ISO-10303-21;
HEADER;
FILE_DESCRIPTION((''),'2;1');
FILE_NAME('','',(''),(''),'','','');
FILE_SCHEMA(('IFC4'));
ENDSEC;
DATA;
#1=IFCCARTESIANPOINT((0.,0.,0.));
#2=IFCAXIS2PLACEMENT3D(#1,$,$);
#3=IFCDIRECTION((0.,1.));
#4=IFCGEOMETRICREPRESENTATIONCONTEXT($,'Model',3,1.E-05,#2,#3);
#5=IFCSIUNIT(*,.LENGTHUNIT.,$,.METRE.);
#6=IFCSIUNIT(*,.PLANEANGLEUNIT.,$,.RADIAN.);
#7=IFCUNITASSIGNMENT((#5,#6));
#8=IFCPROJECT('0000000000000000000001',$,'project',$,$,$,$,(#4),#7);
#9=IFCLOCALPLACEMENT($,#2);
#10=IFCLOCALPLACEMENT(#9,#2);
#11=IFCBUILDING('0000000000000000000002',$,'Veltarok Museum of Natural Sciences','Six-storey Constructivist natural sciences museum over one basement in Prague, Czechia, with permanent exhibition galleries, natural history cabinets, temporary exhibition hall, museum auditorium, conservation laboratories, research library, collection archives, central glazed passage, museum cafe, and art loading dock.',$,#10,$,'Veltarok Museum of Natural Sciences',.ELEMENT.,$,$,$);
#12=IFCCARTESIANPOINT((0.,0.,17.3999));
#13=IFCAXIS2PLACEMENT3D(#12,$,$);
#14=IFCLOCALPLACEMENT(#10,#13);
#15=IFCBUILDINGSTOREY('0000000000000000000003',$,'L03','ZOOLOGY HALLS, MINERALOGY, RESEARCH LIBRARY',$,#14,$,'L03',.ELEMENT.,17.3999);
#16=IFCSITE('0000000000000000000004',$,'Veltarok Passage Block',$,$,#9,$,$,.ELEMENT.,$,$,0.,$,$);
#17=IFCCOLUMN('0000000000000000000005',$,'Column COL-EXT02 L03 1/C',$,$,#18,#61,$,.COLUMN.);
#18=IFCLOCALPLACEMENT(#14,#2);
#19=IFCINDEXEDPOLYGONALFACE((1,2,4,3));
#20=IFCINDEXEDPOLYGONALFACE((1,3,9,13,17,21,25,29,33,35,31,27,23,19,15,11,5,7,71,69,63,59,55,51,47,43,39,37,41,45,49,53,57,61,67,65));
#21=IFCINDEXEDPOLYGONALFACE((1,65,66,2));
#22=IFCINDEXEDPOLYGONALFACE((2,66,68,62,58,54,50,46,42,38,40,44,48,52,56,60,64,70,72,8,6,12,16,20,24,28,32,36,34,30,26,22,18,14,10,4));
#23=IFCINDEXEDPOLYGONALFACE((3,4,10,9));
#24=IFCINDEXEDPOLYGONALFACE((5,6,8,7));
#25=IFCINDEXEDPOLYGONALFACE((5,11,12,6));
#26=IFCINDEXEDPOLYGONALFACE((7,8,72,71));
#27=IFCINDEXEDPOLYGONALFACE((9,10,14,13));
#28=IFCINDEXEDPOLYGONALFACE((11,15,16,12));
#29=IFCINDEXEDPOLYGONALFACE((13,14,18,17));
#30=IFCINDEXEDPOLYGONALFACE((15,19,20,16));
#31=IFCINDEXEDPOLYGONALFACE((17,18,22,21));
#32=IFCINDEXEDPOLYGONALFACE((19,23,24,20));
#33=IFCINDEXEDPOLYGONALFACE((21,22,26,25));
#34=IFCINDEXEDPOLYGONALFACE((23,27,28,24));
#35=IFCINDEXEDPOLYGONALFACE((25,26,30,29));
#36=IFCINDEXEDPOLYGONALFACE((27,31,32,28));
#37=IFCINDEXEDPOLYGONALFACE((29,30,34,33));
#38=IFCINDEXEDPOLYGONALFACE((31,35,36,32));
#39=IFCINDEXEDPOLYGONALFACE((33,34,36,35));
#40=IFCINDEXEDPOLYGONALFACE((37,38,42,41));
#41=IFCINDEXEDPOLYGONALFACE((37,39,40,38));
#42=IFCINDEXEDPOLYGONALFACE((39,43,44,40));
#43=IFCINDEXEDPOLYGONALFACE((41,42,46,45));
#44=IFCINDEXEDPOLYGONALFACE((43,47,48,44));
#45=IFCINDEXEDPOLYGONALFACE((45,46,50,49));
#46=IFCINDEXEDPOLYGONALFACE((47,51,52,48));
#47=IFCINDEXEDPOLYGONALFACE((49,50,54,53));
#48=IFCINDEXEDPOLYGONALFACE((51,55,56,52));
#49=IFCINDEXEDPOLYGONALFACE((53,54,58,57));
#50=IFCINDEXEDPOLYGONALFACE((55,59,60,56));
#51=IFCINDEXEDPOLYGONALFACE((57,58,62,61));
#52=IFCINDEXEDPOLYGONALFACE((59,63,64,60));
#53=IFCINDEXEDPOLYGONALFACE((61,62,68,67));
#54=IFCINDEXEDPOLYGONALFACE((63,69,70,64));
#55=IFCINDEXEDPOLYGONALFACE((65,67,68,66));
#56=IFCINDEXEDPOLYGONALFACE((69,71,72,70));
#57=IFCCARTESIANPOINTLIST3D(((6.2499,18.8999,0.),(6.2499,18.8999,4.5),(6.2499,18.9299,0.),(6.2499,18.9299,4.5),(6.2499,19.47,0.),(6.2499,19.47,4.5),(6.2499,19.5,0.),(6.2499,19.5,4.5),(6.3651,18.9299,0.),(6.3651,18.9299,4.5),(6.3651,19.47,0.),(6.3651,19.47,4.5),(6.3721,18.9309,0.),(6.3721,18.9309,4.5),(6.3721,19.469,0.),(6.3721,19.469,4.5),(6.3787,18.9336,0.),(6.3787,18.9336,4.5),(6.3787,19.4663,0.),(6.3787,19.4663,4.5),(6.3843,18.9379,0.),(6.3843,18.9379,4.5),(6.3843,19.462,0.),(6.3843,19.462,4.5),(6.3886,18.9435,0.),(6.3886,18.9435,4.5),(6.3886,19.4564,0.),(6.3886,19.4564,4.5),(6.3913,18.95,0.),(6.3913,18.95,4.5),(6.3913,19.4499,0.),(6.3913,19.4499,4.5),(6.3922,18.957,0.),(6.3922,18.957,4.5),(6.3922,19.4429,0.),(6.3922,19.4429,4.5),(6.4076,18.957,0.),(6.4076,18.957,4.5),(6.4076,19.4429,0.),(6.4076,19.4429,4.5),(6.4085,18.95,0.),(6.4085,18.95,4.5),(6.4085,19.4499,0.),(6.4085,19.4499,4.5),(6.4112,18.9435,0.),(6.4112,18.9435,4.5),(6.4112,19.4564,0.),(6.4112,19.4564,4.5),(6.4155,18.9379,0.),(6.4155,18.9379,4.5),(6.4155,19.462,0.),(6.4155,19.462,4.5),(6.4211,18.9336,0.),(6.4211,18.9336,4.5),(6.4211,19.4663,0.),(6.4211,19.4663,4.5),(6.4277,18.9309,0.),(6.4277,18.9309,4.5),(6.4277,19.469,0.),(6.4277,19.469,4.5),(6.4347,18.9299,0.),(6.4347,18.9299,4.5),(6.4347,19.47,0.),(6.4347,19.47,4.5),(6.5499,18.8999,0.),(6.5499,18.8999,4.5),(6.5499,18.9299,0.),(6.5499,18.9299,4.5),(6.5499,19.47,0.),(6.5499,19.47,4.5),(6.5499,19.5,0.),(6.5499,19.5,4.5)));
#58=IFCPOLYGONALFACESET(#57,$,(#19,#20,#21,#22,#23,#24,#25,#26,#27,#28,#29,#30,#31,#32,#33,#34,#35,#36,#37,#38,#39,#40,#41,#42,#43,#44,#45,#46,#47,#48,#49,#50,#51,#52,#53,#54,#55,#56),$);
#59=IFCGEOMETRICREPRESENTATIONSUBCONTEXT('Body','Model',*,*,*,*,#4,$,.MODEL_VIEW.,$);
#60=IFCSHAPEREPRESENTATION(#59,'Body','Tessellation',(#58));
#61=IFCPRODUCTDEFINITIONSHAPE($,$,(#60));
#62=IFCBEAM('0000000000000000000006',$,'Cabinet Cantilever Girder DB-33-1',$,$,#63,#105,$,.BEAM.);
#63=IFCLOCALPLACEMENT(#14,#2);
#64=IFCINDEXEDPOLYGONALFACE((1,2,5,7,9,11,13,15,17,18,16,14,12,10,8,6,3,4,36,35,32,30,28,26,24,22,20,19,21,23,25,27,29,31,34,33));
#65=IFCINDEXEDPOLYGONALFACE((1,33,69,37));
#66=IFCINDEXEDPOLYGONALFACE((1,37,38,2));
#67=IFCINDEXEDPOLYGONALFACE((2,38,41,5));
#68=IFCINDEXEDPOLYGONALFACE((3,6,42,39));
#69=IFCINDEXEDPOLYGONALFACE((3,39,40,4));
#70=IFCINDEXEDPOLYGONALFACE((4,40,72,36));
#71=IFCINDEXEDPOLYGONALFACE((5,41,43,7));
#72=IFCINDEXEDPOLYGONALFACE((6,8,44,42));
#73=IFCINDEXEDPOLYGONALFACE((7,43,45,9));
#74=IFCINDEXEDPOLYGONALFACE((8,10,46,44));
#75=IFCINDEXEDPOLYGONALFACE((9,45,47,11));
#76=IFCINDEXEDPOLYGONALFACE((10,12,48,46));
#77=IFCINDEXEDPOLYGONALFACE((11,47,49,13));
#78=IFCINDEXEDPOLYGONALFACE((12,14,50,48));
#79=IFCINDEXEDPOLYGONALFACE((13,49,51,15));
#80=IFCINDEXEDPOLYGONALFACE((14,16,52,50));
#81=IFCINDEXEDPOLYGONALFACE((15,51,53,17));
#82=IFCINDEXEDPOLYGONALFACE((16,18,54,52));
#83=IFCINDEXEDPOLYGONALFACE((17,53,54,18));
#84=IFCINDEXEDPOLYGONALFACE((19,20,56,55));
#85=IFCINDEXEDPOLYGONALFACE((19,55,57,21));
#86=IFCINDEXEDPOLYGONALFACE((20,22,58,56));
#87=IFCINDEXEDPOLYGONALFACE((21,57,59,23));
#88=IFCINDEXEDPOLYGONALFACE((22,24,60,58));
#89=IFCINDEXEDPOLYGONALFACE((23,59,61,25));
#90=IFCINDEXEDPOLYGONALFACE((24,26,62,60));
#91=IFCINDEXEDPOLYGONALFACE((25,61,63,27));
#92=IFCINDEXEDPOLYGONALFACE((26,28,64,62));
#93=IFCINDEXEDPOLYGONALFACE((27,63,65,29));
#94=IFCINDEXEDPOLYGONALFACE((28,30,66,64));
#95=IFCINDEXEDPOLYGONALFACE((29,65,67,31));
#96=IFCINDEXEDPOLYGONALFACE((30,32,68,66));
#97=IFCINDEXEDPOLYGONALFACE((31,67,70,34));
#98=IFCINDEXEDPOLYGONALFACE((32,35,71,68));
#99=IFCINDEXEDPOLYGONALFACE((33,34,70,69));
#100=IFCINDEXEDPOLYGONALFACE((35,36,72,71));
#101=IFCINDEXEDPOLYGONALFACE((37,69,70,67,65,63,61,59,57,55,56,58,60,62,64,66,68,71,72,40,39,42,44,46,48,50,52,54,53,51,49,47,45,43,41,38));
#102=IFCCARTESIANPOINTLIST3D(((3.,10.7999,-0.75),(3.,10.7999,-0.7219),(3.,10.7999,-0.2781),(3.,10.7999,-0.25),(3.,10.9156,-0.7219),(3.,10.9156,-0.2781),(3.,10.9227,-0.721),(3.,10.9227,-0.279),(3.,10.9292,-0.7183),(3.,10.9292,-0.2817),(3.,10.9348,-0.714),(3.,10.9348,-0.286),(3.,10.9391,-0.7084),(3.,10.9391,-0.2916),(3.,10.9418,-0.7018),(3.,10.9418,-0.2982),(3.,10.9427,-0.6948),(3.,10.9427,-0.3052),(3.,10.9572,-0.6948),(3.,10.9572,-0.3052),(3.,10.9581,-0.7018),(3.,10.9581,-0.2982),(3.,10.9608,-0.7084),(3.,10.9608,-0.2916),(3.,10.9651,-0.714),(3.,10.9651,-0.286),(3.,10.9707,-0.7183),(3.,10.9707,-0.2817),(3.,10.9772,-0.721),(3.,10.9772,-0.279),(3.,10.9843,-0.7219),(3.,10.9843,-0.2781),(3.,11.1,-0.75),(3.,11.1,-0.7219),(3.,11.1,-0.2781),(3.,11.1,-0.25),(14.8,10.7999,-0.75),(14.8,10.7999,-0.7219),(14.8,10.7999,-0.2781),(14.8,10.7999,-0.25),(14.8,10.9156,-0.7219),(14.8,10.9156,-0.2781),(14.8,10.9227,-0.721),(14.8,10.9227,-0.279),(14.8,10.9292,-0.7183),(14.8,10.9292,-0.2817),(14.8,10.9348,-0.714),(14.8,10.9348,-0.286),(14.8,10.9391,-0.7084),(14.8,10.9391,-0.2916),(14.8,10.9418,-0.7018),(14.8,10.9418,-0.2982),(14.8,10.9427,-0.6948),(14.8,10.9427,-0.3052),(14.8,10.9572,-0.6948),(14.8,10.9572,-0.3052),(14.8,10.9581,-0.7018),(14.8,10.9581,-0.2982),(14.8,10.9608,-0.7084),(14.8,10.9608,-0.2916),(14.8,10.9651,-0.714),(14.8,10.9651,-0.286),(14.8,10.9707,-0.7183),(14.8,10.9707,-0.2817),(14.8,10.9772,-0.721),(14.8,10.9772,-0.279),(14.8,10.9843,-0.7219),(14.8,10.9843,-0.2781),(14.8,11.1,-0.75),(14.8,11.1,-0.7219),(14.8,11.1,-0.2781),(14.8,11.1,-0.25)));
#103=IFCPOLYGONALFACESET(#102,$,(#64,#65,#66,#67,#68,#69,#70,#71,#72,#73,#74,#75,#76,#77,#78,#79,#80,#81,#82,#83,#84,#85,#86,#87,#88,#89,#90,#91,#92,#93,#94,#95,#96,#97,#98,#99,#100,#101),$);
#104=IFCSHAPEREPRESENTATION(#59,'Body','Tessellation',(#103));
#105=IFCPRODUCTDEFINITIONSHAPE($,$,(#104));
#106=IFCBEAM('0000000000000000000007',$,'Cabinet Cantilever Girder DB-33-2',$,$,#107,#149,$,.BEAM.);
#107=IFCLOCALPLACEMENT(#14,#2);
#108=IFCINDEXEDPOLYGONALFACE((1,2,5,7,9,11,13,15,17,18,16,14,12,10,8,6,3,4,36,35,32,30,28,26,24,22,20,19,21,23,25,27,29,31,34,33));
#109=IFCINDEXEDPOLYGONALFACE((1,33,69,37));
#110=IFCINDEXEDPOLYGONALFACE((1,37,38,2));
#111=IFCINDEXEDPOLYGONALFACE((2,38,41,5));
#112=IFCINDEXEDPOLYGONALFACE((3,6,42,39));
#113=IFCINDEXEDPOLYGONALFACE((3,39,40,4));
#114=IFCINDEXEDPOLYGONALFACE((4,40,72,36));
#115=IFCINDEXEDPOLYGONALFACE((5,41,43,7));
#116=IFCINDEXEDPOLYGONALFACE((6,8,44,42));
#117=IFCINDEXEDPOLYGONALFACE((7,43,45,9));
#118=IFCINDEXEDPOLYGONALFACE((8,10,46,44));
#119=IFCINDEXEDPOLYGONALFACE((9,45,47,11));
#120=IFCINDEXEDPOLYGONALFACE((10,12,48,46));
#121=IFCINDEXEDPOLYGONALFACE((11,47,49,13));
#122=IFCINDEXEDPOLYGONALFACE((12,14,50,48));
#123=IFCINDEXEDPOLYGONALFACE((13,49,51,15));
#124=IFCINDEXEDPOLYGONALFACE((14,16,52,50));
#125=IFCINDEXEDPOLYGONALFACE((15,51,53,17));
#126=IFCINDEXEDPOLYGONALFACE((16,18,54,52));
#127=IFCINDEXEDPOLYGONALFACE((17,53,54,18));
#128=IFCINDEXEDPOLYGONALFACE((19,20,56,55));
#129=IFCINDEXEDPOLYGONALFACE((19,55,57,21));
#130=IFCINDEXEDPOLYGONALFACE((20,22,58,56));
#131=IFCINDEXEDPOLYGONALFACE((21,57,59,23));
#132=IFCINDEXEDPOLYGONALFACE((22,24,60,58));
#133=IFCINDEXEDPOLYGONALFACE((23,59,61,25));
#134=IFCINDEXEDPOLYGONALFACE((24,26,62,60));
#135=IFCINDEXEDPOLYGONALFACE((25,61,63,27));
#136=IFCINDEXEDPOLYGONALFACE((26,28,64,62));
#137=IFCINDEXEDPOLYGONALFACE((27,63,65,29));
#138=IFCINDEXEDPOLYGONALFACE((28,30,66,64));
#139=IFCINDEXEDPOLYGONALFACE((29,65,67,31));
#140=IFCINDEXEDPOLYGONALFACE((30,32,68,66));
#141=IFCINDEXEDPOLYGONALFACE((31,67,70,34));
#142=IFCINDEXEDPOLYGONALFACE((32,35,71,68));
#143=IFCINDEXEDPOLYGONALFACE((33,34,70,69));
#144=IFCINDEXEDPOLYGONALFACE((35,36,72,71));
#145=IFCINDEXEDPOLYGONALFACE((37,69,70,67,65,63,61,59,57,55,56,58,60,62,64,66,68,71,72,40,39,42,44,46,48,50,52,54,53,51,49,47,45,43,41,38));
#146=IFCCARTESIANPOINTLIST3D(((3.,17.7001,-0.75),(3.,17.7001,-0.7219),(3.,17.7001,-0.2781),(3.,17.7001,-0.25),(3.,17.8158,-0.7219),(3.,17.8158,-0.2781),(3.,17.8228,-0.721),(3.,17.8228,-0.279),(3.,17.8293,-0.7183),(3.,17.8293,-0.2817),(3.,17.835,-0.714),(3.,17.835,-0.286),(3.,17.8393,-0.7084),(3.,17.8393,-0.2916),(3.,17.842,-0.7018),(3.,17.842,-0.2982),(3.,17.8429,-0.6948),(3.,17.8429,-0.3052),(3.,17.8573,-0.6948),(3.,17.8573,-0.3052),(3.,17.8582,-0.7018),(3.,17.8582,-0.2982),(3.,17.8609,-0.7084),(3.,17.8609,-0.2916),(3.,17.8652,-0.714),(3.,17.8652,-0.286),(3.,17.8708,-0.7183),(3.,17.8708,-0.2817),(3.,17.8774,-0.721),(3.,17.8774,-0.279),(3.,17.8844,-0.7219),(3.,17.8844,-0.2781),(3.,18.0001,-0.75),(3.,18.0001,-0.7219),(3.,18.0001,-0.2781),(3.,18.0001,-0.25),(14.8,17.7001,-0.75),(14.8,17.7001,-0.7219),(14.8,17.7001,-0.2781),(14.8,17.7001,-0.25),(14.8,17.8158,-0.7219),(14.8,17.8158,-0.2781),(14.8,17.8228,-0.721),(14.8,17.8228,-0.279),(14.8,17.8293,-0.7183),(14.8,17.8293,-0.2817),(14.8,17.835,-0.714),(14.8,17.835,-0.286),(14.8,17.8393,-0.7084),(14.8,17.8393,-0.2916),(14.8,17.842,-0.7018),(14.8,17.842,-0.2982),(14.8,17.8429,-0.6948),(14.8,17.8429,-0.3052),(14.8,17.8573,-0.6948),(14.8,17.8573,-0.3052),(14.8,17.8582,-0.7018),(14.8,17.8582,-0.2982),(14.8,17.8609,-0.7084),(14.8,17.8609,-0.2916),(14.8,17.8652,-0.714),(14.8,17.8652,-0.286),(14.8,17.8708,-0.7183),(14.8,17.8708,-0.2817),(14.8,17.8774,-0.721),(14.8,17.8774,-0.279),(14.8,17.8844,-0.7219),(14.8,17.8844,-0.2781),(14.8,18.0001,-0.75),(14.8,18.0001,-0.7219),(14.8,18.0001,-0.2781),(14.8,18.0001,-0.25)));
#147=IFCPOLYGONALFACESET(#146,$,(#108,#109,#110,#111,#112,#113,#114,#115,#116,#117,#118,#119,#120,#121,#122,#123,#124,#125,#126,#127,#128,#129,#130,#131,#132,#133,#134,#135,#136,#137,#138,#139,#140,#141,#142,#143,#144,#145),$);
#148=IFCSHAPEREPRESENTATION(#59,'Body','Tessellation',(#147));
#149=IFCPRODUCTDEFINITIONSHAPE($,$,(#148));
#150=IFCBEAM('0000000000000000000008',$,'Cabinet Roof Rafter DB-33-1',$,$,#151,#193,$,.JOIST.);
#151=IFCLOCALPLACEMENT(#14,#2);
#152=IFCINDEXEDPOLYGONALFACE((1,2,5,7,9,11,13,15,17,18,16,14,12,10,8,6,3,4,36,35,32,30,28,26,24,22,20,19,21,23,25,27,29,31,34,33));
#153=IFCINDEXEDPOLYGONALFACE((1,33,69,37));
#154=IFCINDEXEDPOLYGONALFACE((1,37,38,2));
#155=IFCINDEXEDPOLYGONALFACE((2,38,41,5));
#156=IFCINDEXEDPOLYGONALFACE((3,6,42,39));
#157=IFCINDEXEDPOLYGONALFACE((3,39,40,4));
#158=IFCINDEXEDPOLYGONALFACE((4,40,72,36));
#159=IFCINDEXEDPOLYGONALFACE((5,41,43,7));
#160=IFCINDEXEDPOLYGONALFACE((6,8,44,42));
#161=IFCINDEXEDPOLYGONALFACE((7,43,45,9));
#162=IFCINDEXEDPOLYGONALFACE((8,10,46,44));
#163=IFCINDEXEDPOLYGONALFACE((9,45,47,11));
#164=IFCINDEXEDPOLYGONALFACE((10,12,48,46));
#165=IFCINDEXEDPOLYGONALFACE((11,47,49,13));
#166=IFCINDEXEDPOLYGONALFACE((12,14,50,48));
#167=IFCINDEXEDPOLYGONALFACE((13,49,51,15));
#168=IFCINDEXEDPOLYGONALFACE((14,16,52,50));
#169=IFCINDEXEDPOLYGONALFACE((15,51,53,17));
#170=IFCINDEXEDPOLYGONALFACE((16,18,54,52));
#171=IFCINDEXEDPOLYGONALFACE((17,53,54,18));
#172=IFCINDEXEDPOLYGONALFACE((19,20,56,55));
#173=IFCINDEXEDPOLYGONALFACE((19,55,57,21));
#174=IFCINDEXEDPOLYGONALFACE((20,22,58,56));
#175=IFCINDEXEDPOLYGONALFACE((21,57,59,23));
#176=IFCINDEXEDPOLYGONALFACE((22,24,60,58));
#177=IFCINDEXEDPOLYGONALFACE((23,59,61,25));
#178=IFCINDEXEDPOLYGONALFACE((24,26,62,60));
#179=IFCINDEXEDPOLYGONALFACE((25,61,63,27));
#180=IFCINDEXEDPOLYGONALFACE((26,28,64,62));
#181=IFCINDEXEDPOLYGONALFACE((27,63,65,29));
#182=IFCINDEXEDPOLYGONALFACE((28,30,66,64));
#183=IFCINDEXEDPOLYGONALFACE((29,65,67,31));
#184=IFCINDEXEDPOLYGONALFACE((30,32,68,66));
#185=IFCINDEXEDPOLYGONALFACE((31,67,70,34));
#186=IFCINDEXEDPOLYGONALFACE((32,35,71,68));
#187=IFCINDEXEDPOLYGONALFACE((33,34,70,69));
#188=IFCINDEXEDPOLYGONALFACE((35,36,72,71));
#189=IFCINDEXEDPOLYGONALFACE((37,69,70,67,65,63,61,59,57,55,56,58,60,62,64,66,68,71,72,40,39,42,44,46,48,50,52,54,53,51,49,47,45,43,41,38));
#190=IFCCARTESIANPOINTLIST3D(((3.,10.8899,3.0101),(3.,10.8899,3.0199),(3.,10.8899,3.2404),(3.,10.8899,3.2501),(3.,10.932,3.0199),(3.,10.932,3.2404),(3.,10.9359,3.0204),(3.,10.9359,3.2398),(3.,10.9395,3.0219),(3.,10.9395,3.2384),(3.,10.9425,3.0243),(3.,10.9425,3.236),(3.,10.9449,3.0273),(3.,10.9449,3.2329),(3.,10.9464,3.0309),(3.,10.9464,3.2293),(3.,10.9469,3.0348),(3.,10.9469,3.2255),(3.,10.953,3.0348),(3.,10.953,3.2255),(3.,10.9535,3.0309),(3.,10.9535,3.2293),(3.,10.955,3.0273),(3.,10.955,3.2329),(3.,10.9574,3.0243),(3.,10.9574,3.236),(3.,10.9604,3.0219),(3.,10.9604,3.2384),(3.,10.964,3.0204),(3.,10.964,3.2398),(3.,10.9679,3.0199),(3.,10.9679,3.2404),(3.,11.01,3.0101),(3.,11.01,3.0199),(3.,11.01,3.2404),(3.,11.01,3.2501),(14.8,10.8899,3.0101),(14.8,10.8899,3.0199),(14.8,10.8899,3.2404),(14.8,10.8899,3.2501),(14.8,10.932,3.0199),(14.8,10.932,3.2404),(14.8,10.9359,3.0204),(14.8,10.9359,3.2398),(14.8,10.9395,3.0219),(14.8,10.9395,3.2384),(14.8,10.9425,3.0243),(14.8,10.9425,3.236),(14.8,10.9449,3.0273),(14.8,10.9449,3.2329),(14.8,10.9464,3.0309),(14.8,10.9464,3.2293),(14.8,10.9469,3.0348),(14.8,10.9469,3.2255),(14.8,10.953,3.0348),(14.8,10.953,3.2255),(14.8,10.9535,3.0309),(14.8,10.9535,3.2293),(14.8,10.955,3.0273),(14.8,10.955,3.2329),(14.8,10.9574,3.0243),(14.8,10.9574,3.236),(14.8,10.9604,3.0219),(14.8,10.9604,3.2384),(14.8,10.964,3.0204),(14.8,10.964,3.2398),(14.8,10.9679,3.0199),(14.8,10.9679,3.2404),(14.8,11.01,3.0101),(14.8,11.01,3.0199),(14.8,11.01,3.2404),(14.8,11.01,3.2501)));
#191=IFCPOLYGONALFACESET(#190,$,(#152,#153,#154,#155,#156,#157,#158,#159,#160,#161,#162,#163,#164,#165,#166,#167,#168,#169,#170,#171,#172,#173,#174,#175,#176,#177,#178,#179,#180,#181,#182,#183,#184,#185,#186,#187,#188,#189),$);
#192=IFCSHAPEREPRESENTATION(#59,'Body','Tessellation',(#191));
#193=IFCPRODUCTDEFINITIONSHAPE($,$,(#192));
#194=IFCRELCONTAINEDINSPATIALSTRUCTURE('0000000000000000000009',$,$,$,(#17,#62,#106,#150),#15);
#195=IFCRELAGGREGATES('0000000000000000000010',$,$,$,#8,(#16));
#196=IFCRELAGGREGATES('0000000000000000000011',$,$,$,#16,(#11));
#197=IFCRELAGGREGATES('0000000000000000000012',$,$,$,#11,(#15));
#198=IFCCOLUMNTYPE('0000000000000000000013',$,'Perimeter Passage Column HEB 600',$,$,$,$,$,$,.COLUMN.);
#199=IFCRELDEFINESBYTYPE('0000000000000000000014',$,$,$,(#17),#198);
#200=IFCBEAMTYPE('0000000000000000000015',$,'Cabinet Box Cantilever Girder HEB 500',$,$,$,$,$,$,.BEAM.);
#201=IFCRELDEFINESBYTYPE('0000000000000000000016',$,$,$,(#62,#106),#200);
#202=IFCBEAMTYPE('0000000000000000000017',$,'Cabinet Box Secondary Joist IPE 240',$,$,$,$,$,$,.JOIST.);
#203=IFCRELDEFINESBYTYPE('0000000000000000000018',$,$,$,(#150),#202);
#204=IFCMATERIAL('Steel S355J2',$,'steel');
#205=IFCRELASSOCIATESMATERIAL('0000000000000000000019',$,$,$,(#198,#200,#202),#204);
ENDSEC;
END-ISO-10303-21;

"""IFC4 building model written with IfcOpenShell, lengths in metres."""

from ifc_helpers import new_model, si_unit, direction, frame, origin, origin_2d, place, context, subcontext, project, spatial, i_section, extrude, material, material_profile, profile_set, type_object, element, save


model = new_model("IFC4")

# Units and contexts
model_context = context("Model", 3, precision=1e-05, world=origin(), true_north=direction((0.0, 1.0)))
body_context = subcontext(model_context, "Body", "Model", "MODEL_VIEW")
ifc_project = project(units=[si_unit("LENGTHUNIT", "METRE"), si_unit("PLANEANGLEUNIT", "RADIAN")], contexts=[model_context])

# Site, building, storey
site_placement = place(None, origin())
site = spatial("IfcSite", under=ifc_project, at=site_placement, Name="Veltarok Passage Block", CompositionType="ELEMENT", RefElevation=0.0)
building_placement = place(site_placement, origin())
building = spatial("IfcBuilding", under=site, at=building_placement, Name="Veltarok Museum of Natural Sciences", Description="Six-storey Constructivist natural sciences museum over one basement in Prague, Czechia, with permanent exhibition galleries, natural history cabinets, temporary exhibition hall, museum auditorium, conservation laboratories, research library, collection archives, central glazed passage, museum cafe, and art loading dock.", LongName="Veltarok Museum of Natural Sciences", CompositionType="ELEMENT")
storey_placement = place(building_placement, frame((0.0, 0.0, 17.3999)))
storey = spatial("IfcBuildingStorey", under=building, at=storey_placement, Name="L03", Description="ZOOLOGY HALLS, MINERALOGY, RESEARCH LIBRARY", LongName="L03", CompositionType="ELEMENT", Elevation=17.3999)

# Column
ifc_material_1 = material(Name="Steel S355J2", Category="steel")
ifc_material_profile_1 = material_profile(ifc_material_1, i_section(OverallWidth=0.3, OverallDepth=0.6001, WebThickness=0.0154, FlangeThickness=0.03, FilletRadius=0.0271, at=origin_2d()), Name="HEB 600")
ifc_profile_set_1 = profile_set([ifc_material_profile_1], Name="Steel S355J2")
column_type = type_object("IfcColumnType", Name="Perimeter Passage Column HEB 600", PredefinedType="COLUMN", material=ifc_profile_set_1)
column_placement = place(storey_placement, frame((6.3999, 19.2, 0.0), z_axis=(0.0, 0.0, 1.0), x_axis=(1.0, 0.0, 0.0)))
element("IfcColumn", 1, at=column_placement, inside=storey, type_object=column_type, Name="Column COL-EXT02 L03 1/C", PredefinedType="COLUMN", context=body_context, shape_type="SweptSolid", body=[
    extrude(i_section(OverallWidth=0.3, OverallDepth=0.6001, WebThickness=0.0154, FlangeThickness=0.03, FilletRadius=0.0271, at=origin_2d()), origin(), (0.0, 0.0, 1.0), 4.5),
])

# Beams
ifc_material_profile_2 = material_profile(ifc_material_1, i_section(OverallWidth=0.3, OverallDepth=0.5, WebThickness=0.0144, FlangeThickness=0.0281, FilletRadius=0.0271, at=origin_2d()), Name="HEB 500")
ifc_profile_set_2 = profile_set([ifc_material_profile_2], Name="Steel S355J2")
beam_type_1 = type_object("IfcBeamType", Name="Cabinet Box Cantilever Girder HEB 500", PredefinedType="BEAM", material=ifc_profile_set_2)
for number, where, z_axis, x_axis, name in (
    (2, (3.0, 10.95, -0.5), (1.0, 0.0, 0.0), (0.0, 1.0, 0.0), "Cabinet Cantilever Girder DB-33-1"),
    (3, (3.0, 17.8501, -0.5), (1.0, 0.0, 0.0), (0.0, 1.0, 0.0), "Cabinet Cantilever Girder DB-33-2"),
):
    element("IfcBeam", number, at=place(storey_placement, frame(where, z_axis=z_axis, x_axis=x_axis)), inside=storey, type_object=beam_type_1, Name=name, PredefinedType="BEAM", context=body_context, shape_type="SweptSolid", body=[
        extrude(i_section(OverallWidth=0.3, OverallDepth=0.5, WebThickness=0.0144, FlangeThickness=0.0281, FilletRadius=0.0271, at=origin_2d()), origin(), (0.0, 0.0, 1.0), 11.8),
    ])
ifc_material_profile_3 = material_profile(ifc_material_1, i_section(OverallWidth=0.1201, OverallDepth=0.24, WebThickness=0.0061, FlangeThickness=0.0098, FilletRadius=0.0149, at=origin_2d()), Name="IPE 240")
ifc_profile_set_3 = profile_set([ifc_material_profile_3], Name="Steel S355J2")
beam_type_2 = type_object("IfcBeamType", Name="Cabinet Box Secondary Joist IPE 240", PredefinedType="JOIST", material=ifc_profile_set_3)
for number, where, z_axis, x_axis, name in (
    (4, (3.0, 10.95, 3.1301), (1.0, 0.0, 0.0), (0.0, 1.0, 0.0), "Cabinet Roof Rafter DB-33-1"),
):
    element("IfcBeam", number, at=place(storey_placement, frame(where, z_axis=z_axis, x_axis=x_axis)), inside=storey, type_object=beam_type_2, Name=name, PredefinedType="JOIST", context=body_context, shape_type="SweptSolid", body=[
        extrude(i_section(OverallWidth=0.1201, OverallDepth=0.24, WebThickness=0.0061, FlangeThickness=0.0098, FilletRadius=0.0149, at=origin_2d()), origin(), (0.0, 0.0, 1.0), 11.8),
    ])

save(model, "model.ifc")
